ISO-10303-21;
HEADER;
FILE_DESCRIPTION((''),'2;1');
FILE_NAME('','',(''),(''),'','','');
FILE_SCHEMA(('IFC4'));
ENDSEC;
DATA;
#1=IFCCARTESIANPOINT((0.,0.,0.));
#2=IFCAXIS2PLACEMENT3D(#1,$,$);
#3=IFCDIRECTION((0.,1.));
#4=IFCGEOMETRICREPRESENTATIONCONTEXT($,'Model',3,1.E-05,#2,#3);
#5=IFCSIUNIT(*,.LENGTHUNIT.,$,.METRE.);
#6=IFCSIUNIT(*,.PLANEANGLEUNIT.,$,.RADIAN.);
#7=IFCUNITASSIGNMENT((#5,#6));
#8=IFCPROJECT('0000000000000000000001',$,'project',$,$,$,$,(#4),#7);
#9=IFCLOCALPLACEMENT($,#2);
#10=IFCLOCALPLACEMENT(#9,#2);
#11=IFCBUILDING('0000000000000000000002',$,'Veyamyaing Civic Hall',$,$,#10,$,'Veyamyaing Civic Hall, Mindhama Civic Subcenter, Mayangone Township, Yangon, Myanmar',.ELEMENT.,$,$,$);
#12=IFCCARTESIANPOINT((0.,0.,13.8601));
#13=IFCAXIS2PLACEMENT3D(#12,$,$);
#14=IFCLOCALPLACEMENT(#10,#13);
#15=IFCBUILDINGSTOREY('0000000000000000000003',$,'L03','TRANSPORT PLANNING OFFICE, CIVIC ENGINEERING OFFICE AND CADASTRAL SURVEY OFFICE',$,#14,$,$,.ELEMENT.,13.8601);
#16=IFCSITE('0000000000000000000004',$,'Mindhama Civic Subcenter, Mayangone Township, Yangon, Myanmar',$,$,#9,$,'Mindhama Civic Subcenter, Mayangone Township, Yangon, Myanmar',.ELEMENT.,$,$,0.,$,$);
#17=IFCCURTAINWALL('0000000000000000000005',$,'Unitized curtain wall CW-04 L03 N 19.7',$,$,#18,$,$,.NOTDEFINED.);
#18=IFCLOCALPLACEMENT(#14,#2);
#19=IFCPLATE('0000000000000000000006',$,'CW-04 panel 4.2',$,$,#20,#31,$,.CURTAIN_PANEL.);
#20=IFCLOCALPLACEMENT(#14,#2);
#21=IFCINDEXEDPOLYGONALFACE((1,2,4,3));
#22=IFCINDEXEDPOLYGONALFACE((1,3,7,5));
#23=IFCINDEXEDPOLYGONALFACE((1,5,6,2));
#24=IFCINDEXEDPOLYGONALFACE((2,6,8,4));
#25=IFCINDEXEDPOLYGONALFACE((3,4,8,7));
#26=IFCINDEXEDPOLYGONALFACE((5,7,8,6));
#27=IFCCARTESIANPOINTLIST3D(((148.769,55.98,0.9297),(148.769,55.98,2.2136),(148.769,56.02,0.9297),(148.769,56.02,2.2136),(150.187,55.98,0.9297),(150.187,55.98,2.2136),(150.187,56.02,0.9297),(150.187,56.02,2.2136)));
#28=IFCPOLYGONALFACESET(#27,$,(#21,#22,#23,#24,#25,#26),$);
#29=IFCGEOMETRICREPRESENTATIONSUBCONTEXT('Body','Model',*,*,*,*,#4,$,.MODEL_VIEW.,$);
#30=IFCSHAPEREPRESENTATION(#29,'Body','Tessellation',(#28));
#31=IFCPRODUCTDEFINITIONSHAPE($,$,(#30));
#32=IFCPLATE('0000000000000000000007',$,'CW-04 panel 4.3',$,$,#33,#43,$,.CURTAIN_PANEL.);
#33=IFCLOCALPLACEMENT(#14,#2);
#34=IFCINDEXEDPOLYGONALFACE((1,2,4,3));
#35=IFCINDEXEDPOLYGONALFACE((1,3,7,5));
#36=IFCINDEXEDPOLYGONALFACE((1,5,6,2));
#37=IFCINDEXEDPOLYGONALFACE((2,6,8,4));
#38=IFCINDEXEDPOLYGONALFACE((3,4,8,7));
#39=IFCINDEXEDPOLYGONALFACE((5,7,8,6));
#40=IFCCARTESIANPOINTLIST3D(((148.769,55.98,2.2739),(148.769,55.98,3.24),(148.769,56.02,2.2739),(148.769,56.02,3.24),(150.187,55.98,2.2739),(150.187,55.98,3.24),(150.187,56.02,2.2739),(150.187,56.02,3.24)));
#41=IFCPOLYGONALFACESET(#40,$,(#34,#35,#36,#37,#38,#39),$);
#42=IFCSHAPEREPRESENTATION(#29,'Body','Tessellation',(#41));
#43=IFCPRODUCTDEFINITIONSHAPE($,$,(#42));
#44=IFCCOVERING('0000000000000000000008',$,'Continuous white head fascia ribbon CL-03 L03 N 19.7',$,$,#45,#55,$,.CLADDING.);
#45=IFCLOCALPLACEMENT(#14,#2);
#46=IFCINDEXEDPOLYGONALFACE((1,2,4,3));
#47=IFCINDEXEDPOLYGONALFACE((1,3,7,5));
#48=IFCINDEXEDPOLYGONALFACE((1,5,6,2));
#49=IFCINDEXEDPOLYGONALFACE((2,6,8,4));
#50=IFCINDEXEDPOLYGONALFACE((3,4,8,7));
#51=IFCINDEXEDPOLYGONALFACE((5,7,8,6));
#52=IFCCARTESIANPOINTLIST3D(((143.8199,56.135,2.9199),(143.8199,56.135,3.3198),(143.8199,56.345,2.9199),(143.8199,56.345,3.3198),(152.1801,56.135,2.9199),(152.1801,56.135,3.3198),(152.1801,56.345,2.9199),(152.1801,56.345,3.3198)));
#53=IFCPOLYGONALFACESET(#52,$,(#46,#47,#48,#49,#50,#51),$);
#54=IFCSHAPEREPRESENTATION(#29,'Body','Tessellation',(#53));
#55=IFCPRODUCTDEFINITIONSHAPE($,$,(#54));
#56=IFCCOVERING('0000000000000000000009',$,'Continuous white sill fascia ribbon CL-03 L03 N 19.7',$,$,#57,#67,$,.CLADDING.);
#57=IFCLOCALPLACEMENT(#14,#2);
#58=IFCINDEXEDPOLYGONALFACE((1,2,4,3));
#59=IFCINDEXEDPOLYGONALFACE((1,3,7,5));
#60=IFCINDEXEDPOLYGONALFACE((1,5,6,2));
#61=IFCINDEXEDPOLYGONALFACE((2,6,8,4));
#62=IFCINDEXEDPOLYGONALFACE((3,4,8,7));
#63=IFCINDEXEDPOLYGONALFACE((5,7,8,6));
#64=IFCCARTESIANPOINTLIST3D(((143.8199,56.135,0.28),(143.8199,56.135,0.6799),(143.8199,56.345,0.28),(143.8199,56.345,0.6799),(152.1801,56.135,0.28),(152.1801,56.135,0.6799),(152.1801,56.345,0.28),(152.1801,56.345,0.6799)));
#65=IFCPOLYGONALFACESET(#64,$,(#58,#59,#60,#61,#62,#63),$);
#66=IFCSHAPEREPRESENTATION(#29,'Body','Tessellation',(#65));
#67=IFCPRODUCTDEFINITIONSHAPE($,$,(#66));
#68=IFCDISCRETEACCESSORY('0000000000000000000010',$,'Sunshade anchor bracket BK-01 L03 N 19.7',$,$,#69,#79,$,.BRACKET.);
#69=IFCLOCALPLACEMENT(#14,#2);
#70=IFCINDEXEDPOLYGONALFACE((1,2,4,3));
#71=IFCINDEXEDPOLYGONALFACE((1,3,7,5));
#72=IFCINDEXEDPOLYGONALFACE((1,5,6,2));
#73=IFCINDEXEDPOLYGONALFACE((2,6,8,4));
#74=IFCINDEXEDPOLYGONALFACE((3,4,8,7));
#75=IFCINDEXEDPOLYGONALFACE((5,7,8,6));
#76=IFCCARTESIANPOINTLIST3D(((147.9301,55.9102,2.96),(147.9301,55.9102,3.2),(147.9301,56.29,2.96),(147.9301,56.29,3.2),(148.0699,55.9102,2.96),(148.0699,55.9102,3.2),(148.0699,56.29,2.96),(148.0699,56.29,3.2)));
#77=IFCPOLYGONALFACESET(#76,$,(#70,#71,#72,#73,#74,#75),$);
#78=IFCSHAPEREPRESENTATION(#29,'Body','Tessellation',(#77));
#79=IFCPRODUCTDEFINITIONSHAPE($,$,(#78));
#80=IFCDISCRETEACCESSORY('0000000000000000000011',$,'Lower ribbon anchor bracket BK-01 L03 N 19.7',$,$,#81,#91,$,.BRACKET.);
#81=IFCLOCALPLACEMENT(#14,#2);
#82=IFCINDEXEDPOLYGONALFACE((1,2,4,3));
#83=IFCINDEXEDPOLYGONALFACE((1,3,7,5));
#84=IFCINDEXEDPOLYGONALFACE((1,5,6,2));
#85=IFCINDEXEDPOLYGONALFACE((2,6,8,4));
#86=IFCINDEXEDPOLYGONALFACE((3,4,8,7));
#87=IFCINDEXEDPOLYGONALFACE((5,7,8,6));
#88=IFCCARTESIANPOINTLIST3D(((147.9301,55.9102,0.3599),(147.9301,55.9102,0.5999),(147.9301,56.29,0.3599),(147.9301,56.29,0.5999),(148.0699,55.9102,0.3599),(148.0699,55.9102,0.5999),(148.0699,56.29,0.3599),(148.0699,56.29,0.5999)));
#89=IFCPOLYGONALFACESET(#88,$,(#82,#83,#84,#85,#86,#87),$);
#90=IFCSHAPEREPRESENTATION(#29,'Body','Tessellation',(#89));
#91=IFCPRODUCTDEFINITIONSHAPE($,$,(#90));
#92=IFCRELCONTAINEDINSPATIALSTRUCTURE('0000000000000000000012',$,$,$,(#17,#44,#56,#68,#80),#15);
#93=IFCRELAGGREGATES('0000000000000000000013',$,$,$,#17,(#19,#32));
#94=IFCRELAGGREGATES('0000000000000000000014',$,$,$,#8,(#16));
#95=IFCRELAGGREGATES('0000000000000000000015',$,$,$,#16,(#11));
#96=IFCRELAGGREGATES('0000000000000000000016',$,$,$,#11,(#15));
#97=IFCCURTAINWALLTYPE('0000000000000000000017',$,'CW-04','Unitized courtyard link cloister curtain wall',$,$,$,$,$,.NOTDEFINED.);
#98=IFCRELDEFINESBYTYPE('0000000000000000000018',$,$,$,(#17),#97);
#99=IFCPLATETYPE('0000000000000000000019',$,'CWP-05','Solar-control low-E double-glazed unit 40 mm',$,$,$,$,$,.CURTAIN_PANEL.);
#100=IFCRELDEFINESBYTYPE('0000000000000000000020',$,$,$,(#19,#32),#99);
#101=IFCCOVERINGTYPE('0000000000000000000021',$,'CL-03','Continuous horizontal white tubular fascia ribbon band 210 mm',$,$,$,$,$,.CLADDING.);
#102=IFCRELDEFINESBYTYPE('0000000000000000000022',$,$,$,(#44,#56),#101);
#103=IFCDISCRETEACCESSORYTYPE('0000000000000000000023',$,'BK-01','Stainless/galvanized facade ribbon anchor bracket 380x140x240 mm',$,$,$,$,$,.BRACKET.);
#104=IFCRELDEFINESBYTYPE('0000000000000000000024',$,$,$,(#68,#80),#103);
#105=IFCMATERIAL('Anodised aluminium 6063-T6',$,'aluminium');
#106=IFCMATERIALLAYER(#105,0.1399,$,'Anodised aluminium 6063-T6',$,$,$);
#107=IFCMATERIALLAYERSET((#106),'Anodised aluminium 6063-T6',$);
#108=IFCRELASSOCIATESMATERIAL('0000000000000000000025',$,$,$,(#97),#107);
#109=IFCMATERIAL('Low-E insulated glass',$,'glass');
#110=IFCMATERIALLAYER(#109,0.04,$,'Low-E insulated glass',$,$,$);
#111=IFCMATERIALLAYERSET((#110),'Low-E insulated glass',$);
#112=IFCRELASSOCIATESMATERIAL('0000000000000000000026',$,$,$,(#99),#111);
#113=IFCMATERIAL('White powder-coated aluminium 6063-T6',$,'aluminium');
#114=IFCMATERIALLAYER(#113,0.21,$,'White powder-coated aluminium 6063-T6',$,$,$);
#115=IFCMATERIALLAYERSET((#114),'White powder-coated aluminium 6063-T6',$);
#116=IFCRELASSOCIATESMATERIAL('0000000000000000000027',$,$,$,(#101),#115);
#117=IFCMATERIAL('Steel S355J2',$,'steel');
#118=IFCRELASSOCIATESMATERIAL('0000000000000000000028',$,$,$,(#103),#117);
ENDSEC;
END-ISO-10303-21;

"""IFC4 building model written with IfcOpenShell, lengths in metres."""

from ifc_helpers import new_model, si_unit, direction, frame, origin, origin_2d, place, context, subcontext, project, spatial, rectangle, extrude, material, layer, layer_set, type_object, element, aggregate, save


model = new_model("IFC4")

# Units and contexts
model_context = context("Model", 3, precision=1e-05, world=origin(), true_north=direction((0.0, 1.0)))
body_context = subcontext(model_context, "Body", "Model", "MODEL_VIEW")
ifc_project = project(units=[si_unit("LENGTHUNIT", "METRE"), si_unit("PLANEANGLEUNIT", "RADIAN")], contexts=[model_context])

# Site, building, storey
site_placement = place(None, origin())
site = spatial("IfcSite", under=ifc_project, at=site_placement, Name="Mindhama Civic Subcenter, Mayangone Township, Yangon, Myanmar", LongName="Mindhama Civic Subcenter, Mayangone Township, Yangon, Myanmar", CompositionType="ELEMENT", RefElevation=0.0)
building_placement = place(site_placement, origin())
building = spatial("IfcBuilding", under=site, at=building_placement, Name="Veyamyaing Civic Hall", LongName="Veyamyaing Civic Hall, Mindhama Civic Subcenter, Mayangone Township, Yangon, Myanmar", CompositionType="ELEMENT")
storey_placement = place(building_placement, frame((0.0, 0.0, 13.8601)))
storey = spatial("IfcBuildingStorey", under=building, at=storey_placement, Name="L03", Description="TRANSPORT PLANNING OFFICE, CIVIC ENGINEERING OFFICE AND CADASTRAL SURVEY OFFICE", CompositionType="ELEMENT", Elevation=13.8601)

# Curtain wall, plates
ifc_material_1 = material(Name="Anodised aluminium 6063-T6", Category="aluminium")
ifc_layer_1 = layer(ifc_material_1, 0.1399, Name="Anodised aluminium 6063-T6")
ifc_layer_set_1 = layer_set([ifc_layer_1], Name="Anodised aluminium 6063-T6")
curtain_wall_type = type_object("IfcCurtainWallType", Name="CW-04", Description="Unitized courtyard link cloister curtain wall", PredefinedType="NOTDEFINED", material=ifc_layer_set_1)
curtain_wall_placement = place(storey_placement, origin())
curtain_wall = element("IfcCurtainWall", 1, at=curtain_wall_placement, inside=storey, type_object=curtain_wall_type, Name="Unitized curtain wall CW-04 L03 N 19.7", PredefinedType="NOTDEFINED")
ifc_material_2 = material(Name="Low-E insulated glass", Category="glass")
ifc_layer_2 = layer(ifc_material_2, 0.04, Name="Low-E insulated glass")
ifc_layer_set_2 = layer_set([ifc_layer_2], Name="Low-E insulated glass")
plate_type = type_object("IfcPlateType", Name="CWP-05", Description="Solar-control low-E double-glazed unit 40 mm", PredefinedType="CURTAIN_PANEL", material=ifc_layer_set_2)
plate_1_placement = place(storey_placement, frame((149.478, 56.0, 0.9297), z_axis=(0.0, 0.0, 1.0), x_axis=(1.0, 0.0, 0.0)))
plate_1 = element("IfcPlate", 2, at=plate_1_placement, type_object=plate_type, Name="CW-04 panel 4.2", PredefinedType="CURTAIN_PANEL", context=body_context, shape_type="SweptSolid", body=[
    extrude(rectangle(XDim=1.418, YDim=0.04, at=origin_2d()), origin(), (0.0, 0.0, 1.0), 1.2839),
])
plate_2_placement = place(storey_placement, frame((149.478, 56.0, 2.2739), z_axis=(0.0, 0.0, 1.0), x_axis=(1.0, 0.0, 0.0)))
plate_2 = element("IfcPlate", 3, at=plate_2_placement, type_object=plate_type, Name="CW-04 panel 4.3", PredefinedType="CURTAIN_PANEL", context=body_context, shape_type="SweptSolid", body=[
    extrude(rectangle(XDim=1.418, YDim=0.04, at=origin_2d()), origin(), (0.0, 0.0, 1.0), 0.9661),
])
aggregate(curtain_wall, [plate_1, plate_2])

# Coverings
ifc_material_3 = material(Name="White powder-coated aluminium 6063-T6", Category="aluminium")
ifc_layer_3 = layer(ifc_material_3, 0.21, Name="White powder-coated aluminium 6063-T6")
ifc_layer_set_3 = layer_set([ifc_layer_3], Name="White powder-coated aluminium 6063-T6")
covering_type = type_object("IfcCoveringType", Name="CL-03", Description="Continuous horizontal white tubular fascia ribbon band 210 mm", PredefinedType="CLADDING", material=ifc_layer_set_3)
for number, where, z_axis, x_axis, name in (
    (4, (148.0, 56.24, 2.9199), (0.0, 0.0, 1.0), (1.0, 0.0, 0.0), "Continuous white head fascia ribbon CL-03 L03 N 19.7"),
    (5, (148.0, 56.24, 0.28), (0.0, 0.0, 1.0), (1.0, 0.0, 0.0), "Continuous white sill fascia ribbon CL-03 L03 N 19.7"),
):
    element("IfcCovering", number, at=place(storey_placement, frame(where, z_axis=z_axis, x_axis=x_axis)), inside=storey, type_object=covering_type, Name=name, PredefinedType="CLADDING", context=body_context, shape_type="SweptSolid", body=[
        extrude(rectangle(XDim=8.3601, YDim=0.21, at=origin_2d()), origin(), (0.0, 0.0, 1.0), 0.3999),
    ])

# Discrete accessories
ifc_material_4 = material(Name="Steel S355J2", Category="steel")
discrete_accessory_type = type_object("IfcDiscreteAccessoryType", Name="BK-01", Description="Stainless/galvanized facade ribbon anchor bracket 380x140x240 mm", PredefinedType="BRACKET", material=ifc_material_4)
for number, where, z_axis, x_axis, name in (
    (6, (148.0, 56.1001, 2.96), (0.0, 0.0, 1.0), (0.0, 1.0, 0.0), "Sunshade anchor bracket BK-01 L03 N 19.7"),
    (7, (148.0, 56.1001, 0.3599), (0.0, 0.0, 1.0), (0.0, 1.0, 0.0), "Lower ribbon anchor bracket BK-01 L03 N 19.7"),
):
    element("IfcDiscreteAccessory", number, at=place(storey_placement, frame(where, z_axis=z_axis, x_axis=x_axis)), inside=storey, type_object=discrete_accessory_type, Name=name, PredefinedType="BRACKET", context=body_context, shape_type="SweptSolid", body=[
        extrude(rectangle(XDim=0.3799, YDim=0.1399, at=origin_2d()), origin(), (0.0, 0.0, 1.0), 0.24),
    ])

save(model, "model.ifc")
